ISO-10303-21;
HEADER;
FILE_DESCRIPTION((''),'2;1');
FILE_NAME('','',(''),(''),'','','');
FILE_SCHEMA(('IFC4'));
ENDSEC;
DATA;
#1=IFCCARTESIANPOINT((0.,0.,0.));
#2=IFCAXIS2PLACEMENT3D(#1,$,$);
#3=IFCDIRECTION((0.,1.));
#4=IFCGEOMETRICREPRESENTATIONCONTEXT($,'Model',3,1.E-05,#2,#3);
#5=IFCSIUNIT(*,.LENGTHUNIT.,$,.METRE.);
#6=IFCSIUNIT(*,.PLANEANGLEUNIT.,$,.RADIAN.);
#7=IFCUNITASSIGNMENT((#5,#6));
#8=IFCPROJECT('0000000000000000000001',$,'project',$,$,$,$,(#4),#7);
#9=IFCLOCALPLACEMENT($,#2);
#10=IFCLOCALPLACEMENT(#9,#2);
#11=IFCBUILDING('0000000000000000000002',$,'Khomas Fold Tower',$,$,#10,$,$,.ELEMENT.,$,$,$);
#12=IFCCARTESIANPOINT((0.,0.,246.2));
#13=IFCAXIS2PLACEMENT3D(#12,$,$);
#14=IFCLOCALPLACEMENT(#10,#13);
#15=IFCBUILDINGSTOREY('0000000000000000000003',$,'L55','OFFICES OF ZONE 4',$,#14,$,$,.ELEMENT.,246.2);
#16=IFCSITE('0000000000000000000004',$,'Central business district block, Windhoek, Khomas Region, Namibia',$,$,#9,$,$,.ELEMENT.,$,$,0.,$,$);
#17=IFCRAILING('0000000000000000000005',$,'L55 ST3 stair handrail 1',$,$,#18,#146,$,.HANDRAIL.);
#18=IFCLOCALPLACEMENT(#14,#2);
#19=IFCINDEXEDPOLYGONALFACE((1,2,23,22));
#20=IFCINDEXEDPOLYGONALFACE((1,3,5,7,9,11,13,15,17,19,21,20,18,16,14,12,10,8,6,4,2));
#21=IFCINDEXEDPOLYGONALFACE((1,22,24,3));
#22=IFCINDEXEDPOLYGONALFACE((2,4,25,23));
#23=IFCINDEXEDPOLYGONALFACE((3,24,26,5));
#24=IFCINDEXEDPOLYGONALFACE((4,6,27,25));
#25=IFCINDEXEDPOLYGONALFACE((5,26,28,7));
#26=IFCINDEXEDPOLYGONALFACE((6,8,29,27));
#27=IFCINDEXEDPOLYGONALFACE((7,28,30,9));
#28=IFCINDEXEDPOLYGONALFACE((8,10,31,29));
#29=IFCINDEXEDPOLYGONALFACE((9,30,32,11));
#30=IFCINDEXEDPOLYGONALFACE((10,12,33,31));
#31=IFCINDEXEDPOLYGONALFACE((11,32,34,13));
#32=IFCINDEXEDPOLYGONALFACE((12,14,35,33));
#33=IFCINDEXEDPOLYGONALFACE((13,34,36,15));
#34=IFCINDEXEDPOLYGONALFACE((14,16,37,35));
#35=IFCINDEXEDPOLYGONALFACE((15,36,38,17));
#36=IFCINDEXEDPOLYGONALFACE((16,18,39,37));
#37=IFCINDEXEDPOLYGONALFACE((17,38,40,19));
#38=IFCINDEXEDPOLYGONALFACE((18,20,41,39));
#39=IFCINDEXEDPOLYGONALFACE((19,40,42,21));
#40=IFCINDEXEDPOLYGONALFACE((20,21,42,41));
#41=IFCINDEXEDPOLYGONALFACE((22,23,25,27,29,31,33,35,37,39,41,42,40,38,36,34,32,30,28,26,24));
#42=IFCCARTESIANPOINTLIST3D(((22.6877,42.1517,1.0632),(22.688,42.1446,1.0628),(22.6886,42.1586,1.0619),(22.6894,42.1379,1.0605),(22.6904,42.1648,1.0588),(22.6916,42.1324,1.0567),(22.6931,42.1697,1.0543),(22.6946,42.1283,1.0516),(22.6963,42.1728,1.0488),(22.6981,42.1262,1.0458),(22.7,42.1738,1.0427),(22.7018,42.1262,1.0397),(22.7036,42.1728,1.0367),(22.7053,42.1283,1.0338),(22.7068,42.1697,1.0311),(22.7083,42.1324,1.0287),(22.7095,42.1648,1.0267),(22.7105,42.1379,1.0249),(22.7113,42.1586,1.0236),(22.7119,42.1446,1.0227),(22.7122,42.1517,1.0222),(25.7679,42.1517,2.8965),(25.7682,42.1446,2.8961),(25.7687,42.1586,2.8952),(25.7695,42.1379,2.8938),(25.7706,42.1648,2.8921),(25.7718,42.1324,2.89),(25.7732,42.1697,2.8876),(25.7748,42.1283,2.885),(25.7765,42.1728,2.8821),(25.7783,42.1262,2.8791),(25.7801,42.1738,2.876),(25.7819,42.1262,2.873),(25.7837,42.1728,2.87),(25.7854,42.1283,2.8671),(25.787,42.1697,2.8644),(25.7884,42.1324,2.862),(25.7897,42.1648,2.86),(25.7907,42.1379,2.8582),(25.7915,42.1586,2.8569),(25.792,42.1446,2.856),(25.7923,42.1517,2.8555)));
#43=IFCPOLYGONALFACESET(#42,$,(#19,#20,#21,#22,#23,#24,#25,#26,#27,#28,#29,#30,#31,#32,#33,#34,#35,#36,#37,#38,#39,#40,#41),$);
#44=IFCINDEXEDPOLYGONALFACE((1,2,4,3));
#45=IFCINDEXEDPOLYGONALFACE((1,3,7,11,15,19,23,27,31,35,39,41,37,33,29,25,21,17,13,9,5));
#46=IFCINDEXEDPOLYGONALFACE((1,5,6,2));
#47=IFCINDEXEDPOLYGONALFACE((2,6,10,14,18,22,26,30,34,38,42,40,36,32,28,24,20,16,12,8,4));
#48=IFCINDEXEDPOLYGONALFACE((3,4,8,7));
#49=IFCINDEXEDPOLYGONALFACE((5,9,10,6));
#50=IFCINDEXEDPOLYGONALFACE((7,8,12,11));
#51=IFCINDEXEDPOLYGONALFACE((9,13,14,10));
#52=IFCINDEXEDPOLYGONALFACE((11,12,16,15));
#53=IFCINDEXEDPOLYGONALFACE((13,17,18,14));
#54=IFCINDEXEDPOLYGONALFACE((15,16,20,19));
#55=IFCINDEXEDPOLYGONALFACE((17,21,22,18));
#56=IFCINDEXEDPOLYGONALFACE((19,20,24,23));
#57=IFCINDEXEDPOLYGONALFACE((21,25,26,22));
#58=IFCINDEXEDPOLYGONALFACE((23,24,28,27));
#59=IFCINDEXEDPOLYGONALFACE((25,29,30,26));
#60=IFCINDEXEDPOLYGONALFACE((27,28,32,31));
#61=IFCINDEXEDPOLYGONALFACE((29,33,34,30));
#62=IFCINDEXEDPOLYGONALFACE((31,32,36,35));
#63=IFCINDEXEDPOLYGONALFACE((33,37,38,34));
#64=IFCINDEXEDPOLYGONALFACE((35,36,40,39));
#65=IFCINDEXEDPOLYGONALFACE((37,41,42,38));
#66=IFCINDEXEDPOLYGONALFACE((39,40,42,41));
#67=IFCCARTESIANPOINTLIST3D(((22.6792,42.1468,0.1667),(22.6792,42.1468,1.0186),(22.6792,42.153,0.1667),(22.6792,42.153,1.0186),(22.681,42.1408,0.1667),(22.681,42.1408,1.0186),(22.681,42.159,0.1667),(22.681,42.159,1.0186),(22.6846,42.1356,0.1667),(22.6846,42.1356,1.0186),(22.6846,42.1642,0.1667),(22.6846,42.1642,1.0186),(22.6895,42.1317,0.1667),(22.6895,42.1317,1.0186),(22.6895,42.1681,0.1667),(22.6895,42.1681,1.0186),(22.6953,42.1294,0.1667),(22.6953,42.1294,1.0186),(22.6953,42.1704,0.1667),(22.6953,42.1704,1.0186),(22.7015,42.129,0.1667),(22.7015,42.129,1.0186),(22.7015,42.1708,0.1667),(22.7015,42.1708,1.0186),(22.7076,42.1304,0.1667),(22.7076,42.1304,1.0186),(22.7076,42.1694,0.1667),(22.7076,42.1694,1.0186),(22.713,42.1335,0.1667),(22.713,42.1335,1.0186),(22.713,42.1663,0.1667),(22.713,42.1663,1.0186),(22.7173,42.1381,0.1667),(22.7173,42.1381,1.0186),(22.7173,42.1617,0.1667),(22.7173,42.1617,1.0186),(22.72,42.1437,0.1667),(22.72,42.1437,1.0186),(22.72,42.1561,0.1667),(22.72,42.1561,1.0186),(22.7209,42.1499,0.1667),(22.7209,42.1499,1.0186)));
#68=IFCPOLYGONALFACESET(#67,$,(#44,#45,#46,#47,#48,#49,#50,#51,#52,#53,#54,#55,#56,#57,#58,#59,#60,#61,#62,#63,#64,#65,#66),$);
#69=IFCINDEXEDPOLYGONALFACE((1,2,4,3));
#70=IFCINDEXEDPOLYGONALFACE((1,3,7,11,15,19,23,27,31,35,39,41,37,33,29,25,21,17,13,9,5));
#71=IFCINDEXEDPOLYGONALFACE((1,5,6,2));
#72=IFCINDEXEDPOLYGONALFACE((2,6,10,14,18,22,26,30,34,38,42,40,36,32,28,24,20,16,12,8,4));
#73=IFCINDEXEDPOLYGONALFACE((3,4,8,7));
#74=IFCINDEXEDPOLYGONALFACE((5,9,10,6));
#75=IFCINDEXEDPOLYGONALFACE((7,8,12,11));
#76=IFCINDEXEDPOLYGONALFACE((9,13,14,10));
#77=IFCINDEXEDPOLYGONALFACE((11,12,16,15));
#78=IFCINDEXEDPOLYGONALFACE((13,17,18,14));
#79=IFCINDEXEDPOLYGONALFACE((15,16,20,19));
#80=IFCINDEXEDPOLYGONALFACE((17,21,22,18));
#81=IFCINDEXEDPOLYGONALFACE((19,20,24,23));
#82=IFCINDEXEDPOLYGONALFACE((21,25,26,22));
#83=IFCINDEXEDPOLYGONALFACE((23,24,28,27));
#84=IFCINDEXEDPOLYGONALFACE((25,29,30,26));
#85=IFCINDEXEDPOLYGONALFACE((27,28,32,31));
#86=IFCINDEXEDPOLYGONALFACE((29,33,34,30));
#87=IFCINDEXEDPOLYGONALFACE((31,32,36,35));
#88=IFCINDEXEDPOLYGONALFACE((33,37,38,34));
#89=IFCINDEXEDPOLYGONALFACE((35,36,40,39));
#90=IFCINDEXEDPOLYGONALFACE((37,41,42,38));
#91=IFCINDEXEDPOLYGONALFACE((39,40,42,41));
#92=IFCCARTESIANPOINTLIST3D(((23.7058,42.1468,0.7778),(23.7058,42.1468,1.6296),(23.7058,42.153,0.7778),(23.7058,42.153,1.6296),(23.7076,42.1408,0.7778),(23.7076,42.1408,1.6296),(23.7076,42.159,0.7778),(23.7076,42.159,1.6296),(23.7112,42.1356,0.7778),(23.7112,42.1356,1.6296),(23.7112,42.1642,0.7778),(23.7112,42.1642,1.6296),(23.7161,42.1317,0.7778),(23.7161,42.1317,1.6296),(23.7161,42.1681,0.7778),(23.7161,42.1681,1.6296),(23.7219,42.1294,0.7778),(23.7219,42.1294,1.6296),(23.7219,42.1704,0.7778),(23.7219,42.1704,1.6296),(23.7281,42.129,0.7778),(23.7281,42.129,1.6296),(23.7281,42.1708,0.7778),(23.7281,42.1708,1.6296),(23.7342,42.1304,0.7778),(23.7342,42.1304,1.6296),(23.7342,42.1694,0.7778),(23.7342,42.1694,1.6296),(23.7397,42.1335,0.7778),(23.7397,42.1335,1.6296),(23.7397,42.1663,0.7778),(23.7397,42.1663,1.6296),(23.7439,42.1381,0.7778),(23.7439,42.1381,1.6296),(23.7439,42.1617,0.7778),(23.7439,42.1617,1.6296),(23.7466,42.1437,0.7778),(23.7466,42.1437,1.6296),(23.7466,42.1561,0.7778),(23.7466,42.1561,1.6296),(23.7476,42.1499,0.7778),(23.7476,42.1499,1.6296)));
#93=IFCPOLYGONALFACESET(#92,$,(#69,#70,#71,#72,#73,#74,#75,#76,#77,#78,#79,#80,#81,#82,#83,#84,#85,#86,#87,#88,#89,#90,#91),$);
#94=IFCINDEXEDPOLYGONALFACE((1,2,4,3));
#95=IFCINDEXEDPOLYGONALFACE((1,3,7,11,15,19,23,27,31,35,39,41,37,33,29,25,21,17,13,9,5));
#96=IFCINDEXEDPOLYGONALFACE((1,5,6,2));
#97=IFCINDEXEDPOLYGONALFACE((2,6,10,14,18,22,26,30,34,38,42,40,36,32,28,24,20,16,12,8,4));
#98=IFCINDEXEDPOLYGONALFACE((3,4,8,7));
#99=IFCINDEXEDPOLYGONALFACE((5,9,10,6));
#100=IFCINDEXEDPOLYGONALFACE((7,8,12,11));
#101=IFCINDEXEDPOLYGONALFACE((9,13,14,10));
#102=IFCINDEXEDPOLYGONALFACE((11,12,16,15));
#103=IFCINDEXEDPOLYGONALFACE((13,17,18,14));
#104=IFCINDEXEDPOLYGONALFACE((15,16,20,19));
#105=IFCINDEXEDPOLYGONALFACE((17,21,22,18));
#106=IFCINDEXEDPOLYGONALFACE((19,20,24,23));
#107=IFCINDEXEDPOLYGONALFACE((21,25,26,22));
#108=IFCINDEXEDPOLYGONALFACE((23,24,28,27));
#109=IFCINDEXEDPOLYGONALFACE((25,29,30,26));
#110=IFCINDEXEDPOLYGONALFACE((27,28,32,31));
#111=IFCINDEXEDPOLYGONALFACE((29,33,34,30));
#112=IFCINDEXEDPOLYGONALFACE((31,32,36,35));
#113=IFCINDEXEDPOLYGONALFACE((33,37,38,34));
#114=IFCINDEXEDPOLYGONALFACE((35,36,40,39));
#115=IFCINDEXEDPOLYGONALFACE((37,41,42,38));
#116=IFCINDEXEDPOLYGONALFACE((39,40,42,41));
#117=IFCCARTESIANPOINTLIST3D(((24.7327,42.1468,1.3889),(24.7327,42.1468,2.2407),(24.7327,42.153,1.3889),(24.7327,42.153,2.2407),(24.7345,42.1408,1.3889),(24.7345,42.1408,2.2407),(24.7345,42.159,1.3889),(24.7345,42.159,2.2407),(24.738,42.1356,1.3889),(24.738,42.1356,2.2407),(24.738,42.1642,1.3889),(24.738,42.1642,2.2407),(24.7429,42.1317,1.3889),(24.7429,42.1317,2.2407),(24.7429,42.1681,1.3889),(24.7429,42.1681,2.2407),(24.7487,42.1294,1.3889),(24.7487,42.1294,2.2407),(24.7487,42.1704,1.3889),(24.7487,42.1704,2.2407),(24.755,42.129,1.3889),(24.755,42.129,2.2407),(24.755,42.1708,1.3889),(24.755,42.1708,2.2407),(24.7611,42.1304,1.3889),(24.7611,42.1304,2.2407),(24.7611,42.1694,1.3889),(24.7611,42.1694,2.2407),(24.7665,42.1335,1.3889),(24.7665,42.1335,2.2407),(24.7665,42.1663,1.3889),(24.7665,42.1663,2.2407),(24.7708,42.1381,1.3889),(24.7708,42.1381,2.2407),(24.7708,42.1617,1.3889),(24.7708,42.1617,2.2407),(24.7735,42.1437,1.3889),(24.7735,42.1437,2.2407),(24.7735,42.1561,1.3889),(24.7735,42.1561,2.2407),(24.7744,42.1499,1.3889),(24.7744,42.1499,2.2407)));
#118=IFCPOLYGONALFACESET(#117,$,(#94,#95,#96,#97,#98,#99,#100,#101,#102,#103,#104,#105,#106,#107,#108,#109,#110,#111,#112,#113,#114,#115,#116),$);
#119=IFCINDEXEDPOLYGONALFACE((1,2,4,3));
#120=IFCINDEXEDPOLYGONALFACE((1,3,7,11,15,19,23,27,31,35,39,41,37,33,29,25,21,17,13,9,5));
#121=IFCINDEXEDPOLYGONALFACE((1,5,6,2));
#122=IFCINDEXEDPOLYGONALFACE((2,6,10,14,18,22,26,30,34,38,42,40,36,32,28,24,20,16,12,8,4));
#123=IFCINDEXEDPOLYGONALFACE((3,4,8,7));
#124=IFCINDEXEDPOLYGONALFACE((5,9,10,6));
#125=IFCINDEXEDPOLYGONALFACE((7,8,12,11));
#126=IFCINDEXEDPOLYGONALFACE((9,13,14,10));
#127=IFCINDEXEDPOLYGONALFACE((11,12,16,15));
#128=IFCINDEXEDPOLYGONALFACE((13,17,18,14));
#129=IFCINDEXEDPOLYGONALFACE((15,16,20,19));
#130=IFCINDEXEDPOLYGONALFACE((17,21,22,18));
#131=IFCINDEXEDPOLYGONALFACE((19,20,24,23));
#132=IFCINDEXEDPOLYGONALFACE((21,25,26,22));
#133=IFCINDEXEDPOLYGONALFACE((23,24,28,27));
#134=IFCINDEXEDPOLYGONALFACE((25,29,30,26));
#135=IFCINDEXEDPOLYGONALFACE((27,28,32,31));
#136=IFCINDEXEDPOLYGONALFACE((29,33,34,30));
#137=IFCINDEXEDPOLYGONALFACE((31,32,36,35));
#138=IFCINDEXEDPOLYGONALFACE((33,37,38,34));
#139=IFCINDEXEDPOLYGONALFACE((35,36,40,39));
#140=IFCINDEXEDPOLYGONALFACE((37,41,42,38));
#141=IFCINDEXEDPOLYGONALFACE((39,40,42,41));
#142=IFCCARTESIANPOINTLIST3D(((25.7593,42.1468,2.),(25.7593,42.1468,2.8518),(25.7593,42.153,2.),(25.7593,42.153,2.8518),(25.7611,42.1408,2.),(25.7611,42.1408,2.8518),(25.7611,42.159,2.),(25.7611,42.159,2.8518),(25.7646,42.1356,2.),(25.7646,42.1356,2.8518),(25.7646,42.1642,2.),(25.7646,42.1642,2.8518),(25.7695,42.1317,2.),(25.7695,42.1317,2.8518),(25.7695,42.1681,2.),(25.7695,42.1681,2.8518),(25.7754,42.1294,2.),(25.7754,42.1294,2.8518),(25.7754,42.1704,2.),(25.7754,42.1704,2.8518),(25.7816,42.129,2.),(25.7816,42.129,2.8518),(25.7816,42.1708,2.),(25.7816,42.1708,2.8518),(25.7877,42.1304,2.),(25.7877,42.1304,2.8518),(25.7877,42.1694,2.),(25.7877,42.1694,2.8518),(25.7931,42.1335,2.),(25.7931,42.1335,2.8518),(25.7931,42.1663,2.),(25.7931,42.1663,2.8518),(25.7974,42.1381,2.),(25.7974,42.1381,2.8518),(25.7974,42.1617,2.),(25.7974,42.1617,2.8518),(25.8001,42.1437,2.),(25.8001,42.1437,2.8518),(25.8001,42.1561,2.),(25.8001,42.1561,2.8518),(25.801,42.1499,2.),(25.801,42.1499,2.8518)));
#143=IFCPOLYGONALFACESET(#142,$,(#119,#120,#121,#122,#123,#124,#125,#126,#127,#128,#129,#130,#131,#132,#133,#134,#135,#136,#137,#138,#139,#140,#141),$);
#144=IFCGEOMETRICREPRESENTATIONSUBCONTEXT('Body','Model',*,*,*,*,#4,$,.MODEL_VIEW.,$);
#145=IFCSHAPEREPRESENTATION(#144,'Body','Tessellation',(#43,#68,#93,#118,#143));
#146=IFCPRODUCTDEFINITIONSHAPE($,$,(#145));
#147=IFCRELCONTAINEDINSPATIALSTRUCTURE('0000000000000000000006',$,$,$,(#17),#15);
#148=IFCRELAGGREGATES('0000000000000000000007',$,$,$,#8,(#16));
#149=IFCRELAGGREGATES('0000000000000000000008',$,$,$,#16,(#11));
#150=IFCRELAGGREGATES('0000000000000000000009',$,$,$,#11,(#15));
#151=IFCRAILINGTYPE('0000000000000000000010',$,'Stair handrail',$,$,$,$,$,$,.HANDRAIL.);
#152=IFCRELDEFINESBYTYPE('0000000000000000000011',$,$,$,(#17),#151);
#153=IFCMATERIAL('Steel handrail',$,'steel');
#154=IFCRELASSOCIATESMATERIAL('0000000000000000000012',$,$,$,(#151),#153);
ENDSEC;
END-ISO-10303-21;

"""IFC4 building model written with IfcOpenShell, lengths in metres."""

from ifc_helpers import new_model, si_unit, direction, frame, origin, origin_2d, place, context, subcontext, project, spatial, circle, extrude, source, transform, mapped, material, type_object, element, save


model = new_model("IFC4")

# Units and contexts
model_context = context("Model", 3, precision=1e-05, world=origin(), true_north=direction((0.0, 1.0)))
body_context = subcontext(model_context, "Body", "Model", "MODEL_VIEW")
ifc_project = project(units=[si_unit("LENGTHUNIT", "METRE"), si_unit("PLANEANGLEUNIT", "RADIAN")], contexts=[model_context])

# Site, building, storey
site_placement = place(None, origin())
site = spatial("IfcSite", under=ifc_project, at=site_placement, Name="Central business district block, Windhoek, Khomas Region, Namibia", CompositionType="ELEMENT", RefElevation=0.0)
building_placement = place(site_placement, origin())
building = spatial("IfcBuilding", under=site, at=building_placement, Name="Khomas Fold Tower", CompositionType="ELEMENT")
storey_placement = place(building_placement, frame((0.0, 0.0, 246.2)))
storey = spatial("IfcBuildingStorey", under=building, at=storey_placement, Name="L55", Description="OFFICES OF ZONE 4", CompositionType="ELEMENT", Elevation=246.2)

# Railing
ifc_material_1 = material(Name="Steel handrail", Category="steel")
railing_type_1 = type_object("IfcRailingType", Name="Stair handrail", PredefinedType="HANDRAIL", material=ifc_material_1)
shared_shape_1 = source(origin(), body_context, "Body", "SweptSolid", [
    extrude(circle(Radius=0.0239, at=origin_2d()), frame((0.0, 0.0, 0.876), z_axis=(0.859309, 0.0, 0.511458), x_axis=(0.0, 1.0, 0.0)), (0.0, 0.0, 1.0), 3.5845),
    extrude(circle(Radius=0.021, at=origin_2d()), origin(), (0.0, 0.0, 1.0), 0.8518),
    extrude(circle(Radius=0.021, at=origin_2d()), frame((1.0266, 0.0, 0.6111)), (0.0, 0.0, 1.0), 0.8518),
    extrude(circle(Radius=0.021, at=origin_2d()), frame((2.0535, 0.0, 1.2222)), (0.0, 0.0, 1.0), 0.8518),
    extrude(circle(Radius=0.021, at=origin_2d()), frame((3.0801, 0.0, 1.8333)), (0.0, 0.0, 1.0), 0.8518),
])
railing_1_placement = place(storey_placement, frame((22.7, 42.1499, 0.1667)))
element("IfcRailing", 1, at=railing_1_placement, inside=storey, type_object=railing_type_1, Name="L55 ST3 stair handrail 1", PredefinedType="HANDRAIL", context=body_context, shape_type="MappedRepresentation", body=[
    mapped(shared_shape_1, transform((0.0, 0.0, 0.0))),
])

save(model, "model.ifc")
